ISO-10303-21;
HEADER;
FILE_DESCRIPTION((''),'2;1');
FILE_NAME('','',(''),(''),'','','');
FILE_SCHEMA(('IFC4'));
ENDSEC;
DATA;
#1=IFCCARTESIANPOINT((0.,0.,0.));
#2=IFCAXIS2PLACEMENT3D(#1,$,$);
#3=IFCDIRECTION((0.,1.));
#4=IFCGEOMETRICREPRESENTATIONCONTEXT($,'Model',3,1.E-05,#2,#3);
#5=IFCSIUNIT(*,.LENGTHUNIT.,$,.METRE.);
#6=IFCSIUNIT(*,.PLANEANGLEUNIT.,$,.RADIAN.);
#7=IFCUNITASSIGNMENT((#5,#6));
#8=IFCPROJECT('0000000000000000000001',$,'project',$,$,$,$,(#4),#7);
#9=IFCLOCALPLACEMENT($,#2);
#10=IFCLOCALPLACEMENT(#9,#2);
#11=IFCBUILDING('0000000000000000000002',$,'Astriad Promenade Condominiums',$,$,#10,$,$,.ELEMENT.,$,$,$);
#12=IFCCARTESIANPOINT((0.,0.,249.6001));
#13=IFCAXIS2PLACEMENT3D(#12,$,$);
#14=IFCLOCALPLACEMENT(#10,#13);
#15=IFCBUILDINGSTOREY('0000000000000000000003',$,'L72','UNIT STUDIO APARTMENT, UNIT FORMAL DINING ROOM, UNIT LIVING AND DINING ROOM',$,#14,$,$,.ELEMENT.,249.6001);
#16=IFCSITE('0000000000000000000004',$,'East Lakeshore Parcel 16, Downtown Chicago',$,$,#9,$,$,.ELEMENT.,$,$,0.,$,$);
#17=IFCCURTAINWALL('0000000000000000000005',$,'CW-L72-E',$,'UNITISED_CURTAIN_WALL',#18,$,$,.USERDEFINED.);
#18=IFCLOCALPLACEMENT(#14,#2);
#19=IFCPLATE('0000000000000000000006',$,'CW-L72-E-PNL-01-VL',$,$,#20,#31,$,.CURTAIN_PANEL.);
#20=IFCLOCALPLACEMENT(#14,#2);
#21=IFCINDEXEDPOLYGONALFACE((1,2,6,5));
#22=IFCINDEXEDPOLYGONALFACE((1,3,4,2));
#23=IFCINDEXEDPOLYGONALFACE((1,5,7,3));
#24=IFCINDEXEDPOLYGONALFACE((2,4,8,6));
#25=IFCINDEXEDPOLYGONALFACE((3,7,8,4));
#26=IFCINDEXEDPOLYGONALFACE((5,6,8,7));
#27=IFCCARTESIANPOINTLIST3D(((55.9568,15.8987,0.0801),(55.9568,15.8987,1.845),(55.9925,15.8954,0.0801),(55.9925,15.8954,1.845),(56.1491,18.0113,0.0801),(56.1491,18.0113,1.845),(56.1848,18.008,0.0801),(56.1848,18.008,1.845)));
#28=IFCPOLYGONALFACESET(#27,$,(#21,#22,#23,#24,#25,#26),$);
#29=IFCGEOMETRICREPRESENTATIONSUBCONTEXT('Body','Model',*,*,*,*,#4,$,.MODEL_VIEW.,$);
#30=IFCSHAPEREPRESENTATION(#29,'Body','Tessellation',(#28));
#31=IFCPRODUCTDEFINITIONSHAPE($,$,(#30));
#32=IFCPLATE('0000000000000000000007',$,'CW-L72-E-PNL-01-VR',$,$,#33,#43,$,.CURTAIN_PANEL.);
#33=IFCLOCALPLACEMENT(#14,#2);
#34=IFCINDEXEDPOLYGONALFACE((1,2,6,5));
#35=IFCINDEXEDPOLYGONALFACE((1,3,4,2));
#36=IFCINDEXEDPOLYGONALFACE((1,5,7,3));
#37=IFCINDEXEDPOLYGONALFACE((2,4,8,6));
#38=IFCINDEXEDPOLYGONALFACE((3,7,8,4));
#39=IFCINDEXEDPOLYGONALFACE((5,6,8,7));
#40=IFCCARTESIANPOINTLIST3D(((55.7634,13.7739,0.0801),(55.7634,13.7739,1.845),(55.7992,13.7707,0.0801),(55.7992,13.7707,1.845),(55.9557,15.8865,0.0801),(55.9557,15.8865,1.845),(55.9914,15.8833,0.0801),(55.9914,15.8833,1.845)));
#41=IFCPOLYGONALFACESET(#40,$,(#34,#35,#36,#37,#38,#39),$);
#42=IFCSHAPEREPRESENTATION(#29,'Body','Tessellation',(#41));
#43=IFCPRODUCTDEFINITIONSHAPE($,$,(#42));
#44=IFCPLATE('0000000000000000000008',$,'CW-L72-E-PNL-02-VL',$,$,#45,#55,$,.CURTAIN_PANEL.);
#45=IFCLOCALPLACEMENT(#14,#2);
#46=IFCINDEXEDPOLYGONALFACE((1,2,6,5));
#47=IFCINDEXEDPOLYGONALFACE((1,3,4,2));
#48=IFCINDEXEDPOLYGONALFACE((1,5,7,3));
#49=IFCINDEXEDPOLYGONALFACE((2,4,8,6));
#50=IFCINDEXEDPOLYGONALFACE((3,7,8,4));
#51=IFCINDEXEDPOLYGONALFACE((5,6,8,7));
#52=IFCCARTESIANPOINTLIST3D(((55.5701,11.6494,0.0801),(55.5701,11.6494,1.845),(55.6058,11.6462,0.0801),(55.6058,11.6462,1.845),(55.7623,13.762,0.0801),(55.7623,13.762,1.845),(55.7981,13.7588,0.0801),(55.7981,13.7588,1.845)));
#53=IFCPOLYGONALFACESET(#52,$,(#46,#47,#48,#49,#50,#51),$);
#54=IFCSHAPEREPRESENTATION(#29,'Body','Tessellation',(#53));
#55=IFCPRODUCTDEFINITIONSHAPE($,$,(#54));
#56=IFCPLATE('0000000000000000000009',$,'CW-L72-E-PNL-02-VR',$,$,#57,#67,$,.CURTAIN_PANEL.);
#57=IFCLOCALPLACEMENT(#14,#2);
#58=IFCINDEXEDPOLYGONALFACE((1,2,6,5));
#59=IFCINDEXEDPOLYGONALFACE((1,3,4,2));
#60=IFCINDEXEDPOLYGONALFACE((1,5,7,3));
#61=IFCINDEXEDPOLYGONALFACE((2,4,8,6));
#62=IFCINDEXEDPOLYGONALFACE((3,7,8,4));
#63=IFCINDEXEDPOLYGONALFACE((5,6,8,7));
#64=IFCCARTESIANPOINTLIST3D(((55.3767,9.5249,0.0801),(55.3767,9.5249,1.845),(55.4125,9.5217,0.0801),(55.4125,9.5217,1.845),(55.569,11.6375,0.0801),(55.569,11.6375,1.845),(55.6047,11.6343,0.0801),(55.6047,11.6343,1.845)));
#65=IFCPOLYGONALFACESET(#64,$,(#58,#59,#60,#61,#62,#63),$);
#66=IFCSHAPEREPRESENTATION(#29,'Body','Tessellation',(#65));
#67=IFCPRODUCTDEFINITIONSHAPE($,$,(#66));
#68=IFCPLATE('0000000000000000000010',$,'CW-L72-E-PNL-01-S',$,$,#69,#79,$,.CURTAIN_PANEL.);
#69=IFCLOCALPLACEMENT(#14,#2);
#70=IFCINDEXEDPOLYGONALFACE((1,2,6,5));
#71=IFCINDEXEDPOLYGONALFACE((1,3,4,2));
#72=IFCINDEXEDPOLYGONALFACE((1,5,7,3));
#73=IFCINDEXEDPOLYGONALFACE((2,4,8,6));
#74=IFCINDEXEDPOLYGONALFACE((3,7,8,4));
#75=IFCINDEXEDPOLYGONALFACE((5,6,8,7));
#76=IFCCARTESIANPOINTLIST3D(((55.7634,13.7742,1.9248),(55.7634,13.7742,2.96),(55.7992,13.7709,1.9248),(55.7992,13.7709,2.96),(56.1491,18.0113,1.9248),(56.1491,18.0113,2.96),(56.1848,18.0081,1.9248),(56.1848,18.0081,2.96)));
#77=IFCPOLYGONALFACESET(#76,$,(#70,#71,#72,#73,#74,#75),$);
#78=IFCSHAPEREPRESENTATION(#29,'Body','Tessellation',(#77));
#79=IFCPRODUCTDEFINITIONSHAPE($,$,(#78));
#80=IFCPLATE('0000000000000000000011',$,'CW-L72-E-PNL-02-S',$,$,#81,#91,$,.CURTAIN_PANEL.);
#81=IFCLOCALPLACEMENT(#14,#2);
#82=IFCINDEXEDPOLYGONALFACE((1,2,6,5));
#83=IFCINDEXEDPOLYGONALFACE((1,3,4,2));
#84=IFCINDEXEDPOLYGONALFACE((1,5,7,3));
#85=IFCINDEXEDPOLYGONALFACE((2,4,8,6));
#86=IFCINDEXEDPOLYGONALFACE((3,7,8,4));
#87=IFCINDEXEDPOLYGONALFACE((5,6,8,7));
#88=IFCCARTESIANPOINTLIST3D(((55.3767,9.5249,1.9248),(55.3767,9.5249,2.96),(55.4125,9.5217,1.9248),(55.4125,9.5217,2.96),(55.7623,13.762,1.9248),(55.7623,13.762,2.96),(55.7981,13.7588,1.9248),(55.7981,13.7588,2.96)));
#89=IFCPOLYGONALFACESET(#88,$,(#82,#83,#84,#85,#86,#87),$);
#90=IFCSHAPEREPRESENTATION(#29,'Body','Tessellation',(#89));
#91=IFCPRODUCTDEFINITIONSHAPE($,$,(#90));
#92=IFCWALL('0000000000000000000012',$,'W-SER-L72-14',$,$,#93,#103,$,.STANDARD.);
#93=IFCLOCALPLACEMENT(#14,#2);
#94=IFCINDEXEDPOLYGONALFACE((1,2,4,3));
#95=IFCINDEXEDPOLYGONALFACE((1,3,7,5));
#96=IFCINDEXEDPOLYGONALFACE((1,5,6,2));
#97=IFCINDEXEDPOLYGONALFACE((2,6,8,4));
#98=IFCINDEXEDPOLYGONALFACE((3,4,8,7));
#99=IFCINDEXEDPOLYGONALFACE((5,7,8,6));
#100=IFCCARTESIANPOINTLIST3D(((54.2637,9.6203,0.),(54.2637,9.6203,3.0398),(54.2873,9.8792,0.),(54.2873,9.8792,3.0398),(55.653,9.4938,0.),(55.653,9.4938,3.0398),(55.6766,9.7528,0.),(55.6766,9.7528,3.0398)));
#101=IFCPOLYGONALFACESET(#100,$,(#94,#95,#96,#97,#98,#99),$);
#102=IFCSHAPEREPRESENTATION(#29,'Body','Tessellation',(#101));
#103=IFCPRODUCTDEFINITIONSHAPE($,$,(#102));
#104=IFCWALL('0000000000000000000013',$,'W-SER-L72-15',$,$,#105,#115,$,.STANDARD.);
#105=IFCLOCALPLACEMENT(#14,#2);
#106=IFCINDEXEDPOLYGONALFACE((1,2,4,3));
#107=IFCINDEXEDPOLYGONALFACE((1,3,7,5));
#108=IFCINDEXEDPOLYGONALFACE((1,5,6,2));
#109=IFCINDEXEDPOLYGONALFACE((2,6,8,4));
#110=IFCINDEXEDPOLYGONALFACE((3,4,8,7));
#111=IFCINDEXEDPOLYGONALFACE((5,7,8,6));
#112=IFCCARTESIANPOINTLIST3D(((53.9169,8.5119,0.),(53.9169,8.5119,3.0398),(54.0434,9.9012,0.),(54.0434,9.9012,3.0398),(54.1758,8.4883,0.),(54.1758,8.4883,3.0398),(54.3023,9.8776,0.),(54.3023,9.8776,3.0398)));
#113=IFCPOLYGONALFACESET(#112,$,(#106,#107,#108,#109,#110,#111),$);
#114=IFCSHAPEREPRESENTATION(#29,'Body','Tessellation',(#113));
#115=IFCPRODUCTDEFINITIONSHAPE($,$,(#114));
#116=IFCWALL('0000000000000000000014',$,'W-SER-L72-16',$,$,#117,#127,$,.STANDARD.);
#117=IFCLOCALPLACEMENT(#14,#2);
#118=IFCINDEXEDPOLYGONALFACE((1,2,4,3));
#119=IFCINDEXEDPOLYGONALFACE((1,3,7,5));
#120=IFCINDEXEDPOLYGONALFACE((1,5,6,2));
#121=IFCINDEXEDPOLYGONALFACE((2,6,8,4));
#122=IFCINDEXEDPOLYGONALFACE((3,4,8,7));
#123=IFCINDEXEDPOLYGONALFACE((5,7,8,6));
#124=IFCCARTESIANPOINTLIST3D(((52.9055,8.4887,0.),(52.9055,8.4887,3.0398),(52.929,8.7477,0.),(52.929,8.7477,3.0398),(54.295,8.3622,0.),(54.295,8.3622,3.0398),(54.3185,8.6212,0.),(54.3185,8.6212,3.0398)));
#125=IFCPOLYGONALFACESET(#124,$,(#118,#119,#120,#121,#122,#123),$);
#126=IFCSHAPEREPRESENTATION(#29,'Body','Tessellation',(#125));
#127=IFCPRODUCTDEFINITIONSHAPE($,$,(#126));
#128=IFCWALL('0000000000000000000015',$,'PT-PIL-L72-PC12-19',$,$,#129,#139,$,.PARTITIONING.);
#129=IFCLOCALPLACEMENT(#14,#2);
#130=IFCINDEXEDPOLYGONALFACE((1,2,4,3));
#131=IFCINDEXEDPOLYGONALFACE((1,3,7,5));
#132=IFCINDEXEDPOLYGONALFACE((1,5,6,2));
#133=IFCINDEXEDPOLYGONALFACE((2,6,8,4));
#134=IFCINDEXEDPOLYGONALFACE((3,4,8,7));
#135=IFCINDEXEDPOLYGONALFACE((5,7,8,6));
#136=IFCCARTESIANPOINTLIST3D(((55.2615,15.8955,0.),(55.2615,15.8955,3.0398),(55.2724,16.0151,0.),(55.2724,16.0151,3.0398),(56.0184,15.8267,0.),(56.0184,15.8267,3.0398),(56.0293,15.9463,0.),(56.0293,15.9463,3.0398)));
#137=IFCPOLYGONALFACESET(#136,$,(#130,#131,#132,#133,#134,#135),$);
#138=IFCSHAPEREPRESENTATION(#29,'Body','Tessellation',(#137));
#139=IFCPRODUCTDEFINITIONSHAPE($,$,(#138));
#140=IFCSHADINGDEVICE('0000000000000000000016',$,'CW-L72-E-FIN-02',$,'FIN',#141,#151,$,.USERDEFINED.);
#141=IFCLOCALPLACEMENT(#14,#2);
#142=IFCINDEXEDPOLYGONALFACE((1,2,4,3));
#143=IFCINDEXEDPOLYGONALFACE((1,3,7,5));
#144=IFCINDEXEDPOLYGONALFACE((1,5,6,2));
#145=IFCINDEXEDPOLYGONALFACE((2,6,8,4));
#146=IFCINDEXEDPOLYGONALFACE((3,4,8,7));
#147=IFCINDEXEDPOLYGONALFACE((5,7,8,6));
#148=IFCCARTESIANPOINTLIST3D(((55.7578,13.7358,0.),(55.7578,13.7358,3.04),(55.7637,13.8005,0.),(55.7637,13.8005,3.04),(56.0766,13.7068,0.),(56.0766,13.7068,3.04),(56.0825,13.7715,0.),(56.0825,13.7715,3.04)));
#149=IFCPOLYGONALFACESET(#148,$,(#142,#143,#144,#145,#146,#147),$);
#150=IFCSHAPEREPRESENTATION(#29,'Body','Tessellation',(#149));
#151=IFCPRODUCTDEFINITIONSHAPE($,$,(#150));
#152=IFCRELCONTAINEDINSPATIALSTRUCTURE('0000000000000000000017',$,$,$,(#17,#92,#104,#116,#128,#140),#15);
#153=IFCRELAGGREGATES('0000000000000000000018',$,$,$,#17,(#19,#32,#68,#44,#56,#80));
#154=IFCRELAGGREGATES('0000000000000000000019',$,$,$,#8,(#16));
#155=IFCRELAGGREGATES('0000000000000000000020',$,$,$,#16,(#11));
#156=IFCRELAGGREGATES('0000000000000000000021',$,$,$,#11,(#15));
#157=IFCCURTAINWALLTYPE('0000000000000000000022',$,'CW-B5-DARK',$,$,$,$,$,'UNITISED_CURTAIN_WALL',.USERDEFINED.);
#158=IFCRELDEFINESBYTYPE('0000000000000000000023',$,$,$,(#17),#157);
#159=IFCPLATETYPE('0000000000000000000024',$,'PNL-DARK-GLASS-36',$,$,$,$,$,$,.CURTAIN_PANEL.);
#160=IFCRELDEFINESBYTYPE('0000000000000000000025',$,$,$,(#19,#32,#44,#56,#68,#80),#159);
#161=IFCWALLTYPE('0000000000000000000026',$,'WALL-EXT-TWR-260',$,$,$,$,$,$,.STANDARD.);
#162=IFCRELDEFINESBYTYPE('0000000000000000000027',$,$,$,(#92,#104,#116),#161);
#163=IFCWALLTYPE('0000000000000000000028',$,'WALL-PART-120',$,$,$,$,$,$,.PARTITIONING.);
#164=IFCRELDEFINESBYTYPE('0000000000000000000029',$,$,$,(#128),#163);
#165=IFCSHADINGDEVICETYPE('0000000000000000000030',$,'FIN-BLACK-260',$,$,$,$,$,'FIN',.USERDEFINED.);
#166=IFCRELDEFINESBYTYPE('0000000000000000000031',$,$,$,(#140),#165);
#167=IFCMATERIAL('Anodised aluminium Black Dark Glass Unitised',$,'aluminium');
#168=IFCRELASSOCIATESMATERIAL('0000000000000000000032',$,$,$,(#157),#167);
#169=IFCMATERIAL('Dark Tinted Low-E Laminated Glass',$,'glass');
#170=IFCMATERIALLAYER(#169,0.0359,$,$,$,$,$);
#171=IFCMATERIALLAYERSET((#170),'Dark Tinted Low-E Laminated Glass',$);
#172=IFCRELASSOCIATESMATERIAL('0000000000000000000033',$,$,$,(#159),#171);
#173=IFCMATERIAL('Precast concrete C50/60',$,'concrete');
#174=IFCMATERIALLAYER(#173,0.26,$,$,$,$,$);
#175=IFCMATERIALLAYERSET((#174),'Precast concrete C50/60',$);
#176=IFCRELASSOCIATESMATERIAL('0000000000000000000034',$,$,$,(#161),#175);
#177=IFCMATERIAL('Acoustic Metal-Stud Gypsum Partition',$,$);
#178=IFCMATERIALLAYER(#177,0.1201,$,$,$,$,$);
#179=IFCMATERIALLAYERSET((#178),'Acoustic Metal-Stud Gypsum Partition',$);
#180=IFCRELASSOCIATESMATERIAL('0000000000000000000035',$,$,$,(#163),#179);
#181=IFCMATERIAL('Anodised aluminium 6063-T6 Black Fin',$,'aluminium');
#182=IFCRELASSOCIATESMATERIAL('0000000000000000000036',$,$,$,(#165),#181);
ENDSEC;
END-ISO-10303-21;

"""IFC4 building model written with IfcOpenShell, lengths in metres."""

from ifc_helpers import new_model, si_unit, direction, frame, frame_2d, origin, origin_2d, place, context, subcontext, project, spatial, rectangle, extrude, source, transform, mapped, material, layer, layer_set, type_object, type_shapes, element, aggregate, save


model = new_model("IFC4")

# Units and contexts
model_context = context("Model", 3, precision=1e-05, world=origin(), true_north=direction((0.0, 1.0)))
body_context = subcontext(model_context, "Body", "Model", "MODEL_VIEW")
ifc_project = project(units=[si_unit("LENGTHUNIT", "METRE"), si_unit("PLANEANGLEUNIT", "RADIAN")], contexts=[model_context])

# Site, building, storey
site_placement = place(None, origin())
site = spatial("IfcSite", under=ifc_project, at=site_placement, Name="East Lakeshore Parcel 16, Downtown Chicago", CompositionType="ELEMENT", RefElevation=0.0)
building_placement = place(site_placement, origin())
building = spatial("IfcBuilding", under=site, at=building_placement, Name="Astriad Promenade Condominiums", CompositionType="ELEMENT")
storey_placement = place(building_placement, frame((0.0, 0.0, 249.6001)))
storey = spatial("IfcBuildingStorey", under=building, at=storey_placement, Name="L72", Description="UNIT STUDIO APARTMENT, UNIT FORMAL DINING ROOM, UNIT LIVING AND DINING ROOM", CompositionType="ELEMENT", Elevation=249.6001)

# Curtain wall, plates
ifc_material_1 = material(Name="Anodised aluminium Black Dark Glass Unitised", Category="aluminium")
curtain_wall_type = type_object("IfcCurtainWallType", Name="CW-B5-DARK", ElementType="UNITISED_CURTAIN_WALL", PredefinedType="USERDEFINED", material=ifc_material_1)
curtain_wall_placement = place(storey_placement, origin())
curtain_wall = element("IfcCurtainWall", 1, at=curtain_wall_placement, inside=storey, type_object=curtain_wall_type, Name="CW-L72-E", ObjectType="UNITISED_CURTAIN_WALL", PredefinedType="USERDEFINED")
ifc_material_2 = material(Name="Dark Tinted Low-E Laminated Glass", Category="glass")
ifc_layer_1 = layer(ifc_material_2, 0.0359)
ifc_layer_set_1 = layer_set([ifc_layer_1], Name="Dark Tinted Low-E Laminated Glass")
plate_type = type_object("IfcPlateType", Name="PNL-DARK-GLASS-36", PredefinedType="CURTAIN_PANEL", material=ifc_layer_set_1)
shared_shape_1 = source(origin(), body_context, "Body", "SweptSolid", [
    extrude(rectangle(XDim=2.1213, YDim=0.0359, at=origin_2d()), origin(), (0.0, 0.0, 1.0), 1.7649),
])
plate_1_placement = place(storey_placement, frame((56.0708, 16.9534, 0.0801), z_axis=(0.0, 0.0, 1.0), x_axis=(-0.090633, -0.995884, 0.0)))
plate_1 = element("IfcPlate", 2, at=plate_1_placement, type_object=plate_type, Name="CW-L72-E-PNL-01-VL", PredefinedType="CURTAIN_PANEL", context=body_context, shape_type="MappedRepresentation", body=[
    mapped(shared_shape_1, transform((0.0, 0.0, 0.0), scale=1.0)),
])
plate_2_placement = place(storey_placement, frame((55.8774, 14.8286, 0.0801), z_axis=(0.0, 0.0, 1.0), x_axis=(-0.090633, -0.995884, 0.0)))
plate_2 = element("IfcPlate", 3, at=plate_2_placement, type_object=plate_type, Name="CW-L72-E-PNL-01-VR", PredefinedType="CURTAIN_PANEL", context=body_context, shape_type="MappedRepresentation", body=[
    mapped(shared_shape_1, transform((0.0, 0.0, 0.0), scale=1.0)),
])
plate_3_placement = place(storey_placement, frame((55.6841, 12.7041, 0.0801), z_axis=(0.0, 0.0, 1.0), x_axis=(-0.090633, -0.995884, 0.0)))
plate_3 = element("IfcPlate", 4, at=plate_3_placement, type_object=plate_type, Name="CW-L72-E-PNL-02-VL", PredefinedType="CURTAIN_PANEL", context=body_context, shape_type="MappedRepresentation", body=[
    mapped(shared_shape_1, transform((0.0, 0.0, 0.0), scale=1.0)),
])
plate_4_placement = place(storey_placement, frame((55.4907, 10.5796, 0.0801), z_axis=(0.0, 0.0, 1.0), x_axis=(-0.090633, -0.995884, 0.0)))
plate_4 = element("IfcPlate", 5, at=plate_4_placement, type_object=plate_type, Name="CW-L72-E-PNL-02-VR", PredefinedType="CURTAIN_PANEL", context=body_context, shape_type="MappedRepresentation", body=[
    mapped(shared_shape_1, transform((0.0, 0.0, 0.0), scale=1.0)),
])
shared_shape_2 = source(origin(), body_context, "Body", "SweptSolid", [
    extrude(rectangle(XDim=4.2546, YDim=0.0359, at=origin_2d()), origin(), (0.0, 0.0, 1.0), 1.0352),
])
type_shapes(plate_type, [shared_shape_1, shared_shape_2])
plate_5_placement = place(storey_placement, frame((55.9741, 15.8911, 1.9248), z_axis=(0.0, 0.0, 1.0), x_axis=(-0.090633, -0.995884, 0.0)))
plate_5 = element("IfcPlate", 6, at=plate_5_placement, type_object=plate_type, Name="CW-L72-E-PNL-01-S", PredefinedType="CURTAIN_PANEL", context=body_context, shape_type="MappedRepresentation", body=[
    mapped(shared_shape_2, transform((0.0, 0.0, 0.0), scale=1.0)),
])
plate_6_placement = place(storey_placement, frame((55.5874, 11.6418, 1.9248), z_axis=(0.0, 0.0, 1.0), x_axis=(-0.090633, -0.995884, 0.0)))
plate_6 = element("IfcPlate", 7, at=plate_6_placement, type_object=plate_type, Name="CW-L72-E-PNL-02-S", PredefinedType="CURTAIN_PANEL", context=body_context, shape_type="MappedRepresentation", body=[
    mapped(shared_shape_2, transform((0.0, 0.0, 0.0), scale=1.0)),
])
aggregate(curtain_wall, [plate_1, plate_2, plate_5, plate_3, plate_4, plate_6])

# Walls
ifc_material_3 = material(Name="Precast concrete C50/60", Category="concrete")
ifc_layer_2 = layer(ifc_material_3, 0.26)
ifc_layer_set_2 = layer_set([ifc_layer_2], Name="Precast concrete C50/60")
wall_type_1 = type_object("IfcWallType", Name="WALL-EXT-TWR-260", PredefinedType="STANDARD", material=ifc_layer_set_2)
for number, where, z_axis, x_axis, name in (
    (8, (55.6648, 9.6233, 0.0), (0.0, 0.0, 1.0), (-0.995882, 0.090662, 0.0), "W-SER-L72-14"),
    (9, (54.1729, 9.8894, 0.0), (0.0, 0.0, 1.0), (-0.090662, -0.995882, 0.0), "W-SER-L72-15"),
):
    element("IfcWall", number, at=place(storey_placement, frame(where, z_axis=z_axis, x_axis=x_axis)), inside=storey, type_object=wall_type_1, Name=name, PredefinedType="STANDARD", context=body_context, shape_type="SweptSolid", body=[
        extrude(rectangle(XDim=1.395, YDim=0.26, at=frame_2d((0.6975, 0.0))), origin(), (0.0, 0.0, 1.0), 3.0398),
    ])
wall_1_placement = place(storey_placement, frame((54.3069, 8.4917, 0.0), z_axis=(0.0, 0.0, 1.0), x_axis=(-0.995883, 0.090646, 0.0)))
element("IfcWall", 10, at=wall_1_placement, inside=storey, type_object=wall_type_1, Name="W-SER-L72-16", PredefinedType="STANDARD", context=body_context, shape_type="SweptSolid", body=[
    extrude(rectangle(XDim=1.3953, YDim=0.26, at=frame_2d((0.6978, 0.0))), origin(), (0.0, 0.0, 1.0), 3.0398),
])
ifc_material_4 = material(Name="Acoustic Metal-Stud Gypsum Partition")
ifc_layer_3 = layer(ifc_material_4, 0.1201)
ifc_layer_set_3 = layer_set([ifc_layer_3], Name="Acoustic Metal-Stud Gypsum Partition")
wall_type_2 = type_object("IfcWallType", Name="WALL-PART-120", PredefinedType="PARTITIONING", material=ifc_layer_set_3)
wall_2_placement = place(storey_placement, frame((55.2671, 15.9553, 0.0), z_axis=(0.0, 0.0, 1.0), x_axis=(0.995888, -0.090594, 0.0)))
element("IfcWall", 11, at=wall_2_placement, inside=storey, type_object=wall_type_2, Name="PT-PIL-L72-PC12-19", PredefinedType="PARTITIONING", context=body_context, shape_type="SweptSolid", body=[
    extrude(rectangle(XDim=0.76, YDim=0.1201, at=frame_2d((0.3799, 0.0))), origin(), (0.0, 0.0, 1.0), 3.0398),
])

# Shading device
ifc_material_5 = material(Name="Anodised aluminium 6063-T6 Black Fin", Category="aluminium")
shading_device_type = type_object("IfcShadingDeviceType", Name="FIN-BLACK-260", ElementType="FIN", PredefinedType="USERDEFINED", material=ifc_material_5)
shared_shape_3 = source(origin(), body_context, "Body", "SweptSolid", [
    extrude(rectangle(XDim=0.0649, YDim=0.3201, at=origin_2d()), origin(), (0.0, 0.0, 1.0), 3.04),
])
type_shapes(shading_device_type, [shared_shape_3])
shading_device_placement = place(storey_placement, frame((55.9202, 13.7537, 0.0), z_axis=(0.0, 0.0, 1.0), x_axis=(-0.090633, -0.995884, 0.0)))
element("IfcShadingDevice", 12, at=shading_device_placement, inside=storey, type_object=shading_device_type, Name="CW-L72-E-FIN-02", ObjectType="FIN", PredefinedType="USERDEFINED", context=body_context, shape_type="MappedRepresentation", body=[
    mapped(shared_shape_3, transform((0.0, 0.0, 0.0), scale=1.0)),
])

save(model, "model.ifc")
